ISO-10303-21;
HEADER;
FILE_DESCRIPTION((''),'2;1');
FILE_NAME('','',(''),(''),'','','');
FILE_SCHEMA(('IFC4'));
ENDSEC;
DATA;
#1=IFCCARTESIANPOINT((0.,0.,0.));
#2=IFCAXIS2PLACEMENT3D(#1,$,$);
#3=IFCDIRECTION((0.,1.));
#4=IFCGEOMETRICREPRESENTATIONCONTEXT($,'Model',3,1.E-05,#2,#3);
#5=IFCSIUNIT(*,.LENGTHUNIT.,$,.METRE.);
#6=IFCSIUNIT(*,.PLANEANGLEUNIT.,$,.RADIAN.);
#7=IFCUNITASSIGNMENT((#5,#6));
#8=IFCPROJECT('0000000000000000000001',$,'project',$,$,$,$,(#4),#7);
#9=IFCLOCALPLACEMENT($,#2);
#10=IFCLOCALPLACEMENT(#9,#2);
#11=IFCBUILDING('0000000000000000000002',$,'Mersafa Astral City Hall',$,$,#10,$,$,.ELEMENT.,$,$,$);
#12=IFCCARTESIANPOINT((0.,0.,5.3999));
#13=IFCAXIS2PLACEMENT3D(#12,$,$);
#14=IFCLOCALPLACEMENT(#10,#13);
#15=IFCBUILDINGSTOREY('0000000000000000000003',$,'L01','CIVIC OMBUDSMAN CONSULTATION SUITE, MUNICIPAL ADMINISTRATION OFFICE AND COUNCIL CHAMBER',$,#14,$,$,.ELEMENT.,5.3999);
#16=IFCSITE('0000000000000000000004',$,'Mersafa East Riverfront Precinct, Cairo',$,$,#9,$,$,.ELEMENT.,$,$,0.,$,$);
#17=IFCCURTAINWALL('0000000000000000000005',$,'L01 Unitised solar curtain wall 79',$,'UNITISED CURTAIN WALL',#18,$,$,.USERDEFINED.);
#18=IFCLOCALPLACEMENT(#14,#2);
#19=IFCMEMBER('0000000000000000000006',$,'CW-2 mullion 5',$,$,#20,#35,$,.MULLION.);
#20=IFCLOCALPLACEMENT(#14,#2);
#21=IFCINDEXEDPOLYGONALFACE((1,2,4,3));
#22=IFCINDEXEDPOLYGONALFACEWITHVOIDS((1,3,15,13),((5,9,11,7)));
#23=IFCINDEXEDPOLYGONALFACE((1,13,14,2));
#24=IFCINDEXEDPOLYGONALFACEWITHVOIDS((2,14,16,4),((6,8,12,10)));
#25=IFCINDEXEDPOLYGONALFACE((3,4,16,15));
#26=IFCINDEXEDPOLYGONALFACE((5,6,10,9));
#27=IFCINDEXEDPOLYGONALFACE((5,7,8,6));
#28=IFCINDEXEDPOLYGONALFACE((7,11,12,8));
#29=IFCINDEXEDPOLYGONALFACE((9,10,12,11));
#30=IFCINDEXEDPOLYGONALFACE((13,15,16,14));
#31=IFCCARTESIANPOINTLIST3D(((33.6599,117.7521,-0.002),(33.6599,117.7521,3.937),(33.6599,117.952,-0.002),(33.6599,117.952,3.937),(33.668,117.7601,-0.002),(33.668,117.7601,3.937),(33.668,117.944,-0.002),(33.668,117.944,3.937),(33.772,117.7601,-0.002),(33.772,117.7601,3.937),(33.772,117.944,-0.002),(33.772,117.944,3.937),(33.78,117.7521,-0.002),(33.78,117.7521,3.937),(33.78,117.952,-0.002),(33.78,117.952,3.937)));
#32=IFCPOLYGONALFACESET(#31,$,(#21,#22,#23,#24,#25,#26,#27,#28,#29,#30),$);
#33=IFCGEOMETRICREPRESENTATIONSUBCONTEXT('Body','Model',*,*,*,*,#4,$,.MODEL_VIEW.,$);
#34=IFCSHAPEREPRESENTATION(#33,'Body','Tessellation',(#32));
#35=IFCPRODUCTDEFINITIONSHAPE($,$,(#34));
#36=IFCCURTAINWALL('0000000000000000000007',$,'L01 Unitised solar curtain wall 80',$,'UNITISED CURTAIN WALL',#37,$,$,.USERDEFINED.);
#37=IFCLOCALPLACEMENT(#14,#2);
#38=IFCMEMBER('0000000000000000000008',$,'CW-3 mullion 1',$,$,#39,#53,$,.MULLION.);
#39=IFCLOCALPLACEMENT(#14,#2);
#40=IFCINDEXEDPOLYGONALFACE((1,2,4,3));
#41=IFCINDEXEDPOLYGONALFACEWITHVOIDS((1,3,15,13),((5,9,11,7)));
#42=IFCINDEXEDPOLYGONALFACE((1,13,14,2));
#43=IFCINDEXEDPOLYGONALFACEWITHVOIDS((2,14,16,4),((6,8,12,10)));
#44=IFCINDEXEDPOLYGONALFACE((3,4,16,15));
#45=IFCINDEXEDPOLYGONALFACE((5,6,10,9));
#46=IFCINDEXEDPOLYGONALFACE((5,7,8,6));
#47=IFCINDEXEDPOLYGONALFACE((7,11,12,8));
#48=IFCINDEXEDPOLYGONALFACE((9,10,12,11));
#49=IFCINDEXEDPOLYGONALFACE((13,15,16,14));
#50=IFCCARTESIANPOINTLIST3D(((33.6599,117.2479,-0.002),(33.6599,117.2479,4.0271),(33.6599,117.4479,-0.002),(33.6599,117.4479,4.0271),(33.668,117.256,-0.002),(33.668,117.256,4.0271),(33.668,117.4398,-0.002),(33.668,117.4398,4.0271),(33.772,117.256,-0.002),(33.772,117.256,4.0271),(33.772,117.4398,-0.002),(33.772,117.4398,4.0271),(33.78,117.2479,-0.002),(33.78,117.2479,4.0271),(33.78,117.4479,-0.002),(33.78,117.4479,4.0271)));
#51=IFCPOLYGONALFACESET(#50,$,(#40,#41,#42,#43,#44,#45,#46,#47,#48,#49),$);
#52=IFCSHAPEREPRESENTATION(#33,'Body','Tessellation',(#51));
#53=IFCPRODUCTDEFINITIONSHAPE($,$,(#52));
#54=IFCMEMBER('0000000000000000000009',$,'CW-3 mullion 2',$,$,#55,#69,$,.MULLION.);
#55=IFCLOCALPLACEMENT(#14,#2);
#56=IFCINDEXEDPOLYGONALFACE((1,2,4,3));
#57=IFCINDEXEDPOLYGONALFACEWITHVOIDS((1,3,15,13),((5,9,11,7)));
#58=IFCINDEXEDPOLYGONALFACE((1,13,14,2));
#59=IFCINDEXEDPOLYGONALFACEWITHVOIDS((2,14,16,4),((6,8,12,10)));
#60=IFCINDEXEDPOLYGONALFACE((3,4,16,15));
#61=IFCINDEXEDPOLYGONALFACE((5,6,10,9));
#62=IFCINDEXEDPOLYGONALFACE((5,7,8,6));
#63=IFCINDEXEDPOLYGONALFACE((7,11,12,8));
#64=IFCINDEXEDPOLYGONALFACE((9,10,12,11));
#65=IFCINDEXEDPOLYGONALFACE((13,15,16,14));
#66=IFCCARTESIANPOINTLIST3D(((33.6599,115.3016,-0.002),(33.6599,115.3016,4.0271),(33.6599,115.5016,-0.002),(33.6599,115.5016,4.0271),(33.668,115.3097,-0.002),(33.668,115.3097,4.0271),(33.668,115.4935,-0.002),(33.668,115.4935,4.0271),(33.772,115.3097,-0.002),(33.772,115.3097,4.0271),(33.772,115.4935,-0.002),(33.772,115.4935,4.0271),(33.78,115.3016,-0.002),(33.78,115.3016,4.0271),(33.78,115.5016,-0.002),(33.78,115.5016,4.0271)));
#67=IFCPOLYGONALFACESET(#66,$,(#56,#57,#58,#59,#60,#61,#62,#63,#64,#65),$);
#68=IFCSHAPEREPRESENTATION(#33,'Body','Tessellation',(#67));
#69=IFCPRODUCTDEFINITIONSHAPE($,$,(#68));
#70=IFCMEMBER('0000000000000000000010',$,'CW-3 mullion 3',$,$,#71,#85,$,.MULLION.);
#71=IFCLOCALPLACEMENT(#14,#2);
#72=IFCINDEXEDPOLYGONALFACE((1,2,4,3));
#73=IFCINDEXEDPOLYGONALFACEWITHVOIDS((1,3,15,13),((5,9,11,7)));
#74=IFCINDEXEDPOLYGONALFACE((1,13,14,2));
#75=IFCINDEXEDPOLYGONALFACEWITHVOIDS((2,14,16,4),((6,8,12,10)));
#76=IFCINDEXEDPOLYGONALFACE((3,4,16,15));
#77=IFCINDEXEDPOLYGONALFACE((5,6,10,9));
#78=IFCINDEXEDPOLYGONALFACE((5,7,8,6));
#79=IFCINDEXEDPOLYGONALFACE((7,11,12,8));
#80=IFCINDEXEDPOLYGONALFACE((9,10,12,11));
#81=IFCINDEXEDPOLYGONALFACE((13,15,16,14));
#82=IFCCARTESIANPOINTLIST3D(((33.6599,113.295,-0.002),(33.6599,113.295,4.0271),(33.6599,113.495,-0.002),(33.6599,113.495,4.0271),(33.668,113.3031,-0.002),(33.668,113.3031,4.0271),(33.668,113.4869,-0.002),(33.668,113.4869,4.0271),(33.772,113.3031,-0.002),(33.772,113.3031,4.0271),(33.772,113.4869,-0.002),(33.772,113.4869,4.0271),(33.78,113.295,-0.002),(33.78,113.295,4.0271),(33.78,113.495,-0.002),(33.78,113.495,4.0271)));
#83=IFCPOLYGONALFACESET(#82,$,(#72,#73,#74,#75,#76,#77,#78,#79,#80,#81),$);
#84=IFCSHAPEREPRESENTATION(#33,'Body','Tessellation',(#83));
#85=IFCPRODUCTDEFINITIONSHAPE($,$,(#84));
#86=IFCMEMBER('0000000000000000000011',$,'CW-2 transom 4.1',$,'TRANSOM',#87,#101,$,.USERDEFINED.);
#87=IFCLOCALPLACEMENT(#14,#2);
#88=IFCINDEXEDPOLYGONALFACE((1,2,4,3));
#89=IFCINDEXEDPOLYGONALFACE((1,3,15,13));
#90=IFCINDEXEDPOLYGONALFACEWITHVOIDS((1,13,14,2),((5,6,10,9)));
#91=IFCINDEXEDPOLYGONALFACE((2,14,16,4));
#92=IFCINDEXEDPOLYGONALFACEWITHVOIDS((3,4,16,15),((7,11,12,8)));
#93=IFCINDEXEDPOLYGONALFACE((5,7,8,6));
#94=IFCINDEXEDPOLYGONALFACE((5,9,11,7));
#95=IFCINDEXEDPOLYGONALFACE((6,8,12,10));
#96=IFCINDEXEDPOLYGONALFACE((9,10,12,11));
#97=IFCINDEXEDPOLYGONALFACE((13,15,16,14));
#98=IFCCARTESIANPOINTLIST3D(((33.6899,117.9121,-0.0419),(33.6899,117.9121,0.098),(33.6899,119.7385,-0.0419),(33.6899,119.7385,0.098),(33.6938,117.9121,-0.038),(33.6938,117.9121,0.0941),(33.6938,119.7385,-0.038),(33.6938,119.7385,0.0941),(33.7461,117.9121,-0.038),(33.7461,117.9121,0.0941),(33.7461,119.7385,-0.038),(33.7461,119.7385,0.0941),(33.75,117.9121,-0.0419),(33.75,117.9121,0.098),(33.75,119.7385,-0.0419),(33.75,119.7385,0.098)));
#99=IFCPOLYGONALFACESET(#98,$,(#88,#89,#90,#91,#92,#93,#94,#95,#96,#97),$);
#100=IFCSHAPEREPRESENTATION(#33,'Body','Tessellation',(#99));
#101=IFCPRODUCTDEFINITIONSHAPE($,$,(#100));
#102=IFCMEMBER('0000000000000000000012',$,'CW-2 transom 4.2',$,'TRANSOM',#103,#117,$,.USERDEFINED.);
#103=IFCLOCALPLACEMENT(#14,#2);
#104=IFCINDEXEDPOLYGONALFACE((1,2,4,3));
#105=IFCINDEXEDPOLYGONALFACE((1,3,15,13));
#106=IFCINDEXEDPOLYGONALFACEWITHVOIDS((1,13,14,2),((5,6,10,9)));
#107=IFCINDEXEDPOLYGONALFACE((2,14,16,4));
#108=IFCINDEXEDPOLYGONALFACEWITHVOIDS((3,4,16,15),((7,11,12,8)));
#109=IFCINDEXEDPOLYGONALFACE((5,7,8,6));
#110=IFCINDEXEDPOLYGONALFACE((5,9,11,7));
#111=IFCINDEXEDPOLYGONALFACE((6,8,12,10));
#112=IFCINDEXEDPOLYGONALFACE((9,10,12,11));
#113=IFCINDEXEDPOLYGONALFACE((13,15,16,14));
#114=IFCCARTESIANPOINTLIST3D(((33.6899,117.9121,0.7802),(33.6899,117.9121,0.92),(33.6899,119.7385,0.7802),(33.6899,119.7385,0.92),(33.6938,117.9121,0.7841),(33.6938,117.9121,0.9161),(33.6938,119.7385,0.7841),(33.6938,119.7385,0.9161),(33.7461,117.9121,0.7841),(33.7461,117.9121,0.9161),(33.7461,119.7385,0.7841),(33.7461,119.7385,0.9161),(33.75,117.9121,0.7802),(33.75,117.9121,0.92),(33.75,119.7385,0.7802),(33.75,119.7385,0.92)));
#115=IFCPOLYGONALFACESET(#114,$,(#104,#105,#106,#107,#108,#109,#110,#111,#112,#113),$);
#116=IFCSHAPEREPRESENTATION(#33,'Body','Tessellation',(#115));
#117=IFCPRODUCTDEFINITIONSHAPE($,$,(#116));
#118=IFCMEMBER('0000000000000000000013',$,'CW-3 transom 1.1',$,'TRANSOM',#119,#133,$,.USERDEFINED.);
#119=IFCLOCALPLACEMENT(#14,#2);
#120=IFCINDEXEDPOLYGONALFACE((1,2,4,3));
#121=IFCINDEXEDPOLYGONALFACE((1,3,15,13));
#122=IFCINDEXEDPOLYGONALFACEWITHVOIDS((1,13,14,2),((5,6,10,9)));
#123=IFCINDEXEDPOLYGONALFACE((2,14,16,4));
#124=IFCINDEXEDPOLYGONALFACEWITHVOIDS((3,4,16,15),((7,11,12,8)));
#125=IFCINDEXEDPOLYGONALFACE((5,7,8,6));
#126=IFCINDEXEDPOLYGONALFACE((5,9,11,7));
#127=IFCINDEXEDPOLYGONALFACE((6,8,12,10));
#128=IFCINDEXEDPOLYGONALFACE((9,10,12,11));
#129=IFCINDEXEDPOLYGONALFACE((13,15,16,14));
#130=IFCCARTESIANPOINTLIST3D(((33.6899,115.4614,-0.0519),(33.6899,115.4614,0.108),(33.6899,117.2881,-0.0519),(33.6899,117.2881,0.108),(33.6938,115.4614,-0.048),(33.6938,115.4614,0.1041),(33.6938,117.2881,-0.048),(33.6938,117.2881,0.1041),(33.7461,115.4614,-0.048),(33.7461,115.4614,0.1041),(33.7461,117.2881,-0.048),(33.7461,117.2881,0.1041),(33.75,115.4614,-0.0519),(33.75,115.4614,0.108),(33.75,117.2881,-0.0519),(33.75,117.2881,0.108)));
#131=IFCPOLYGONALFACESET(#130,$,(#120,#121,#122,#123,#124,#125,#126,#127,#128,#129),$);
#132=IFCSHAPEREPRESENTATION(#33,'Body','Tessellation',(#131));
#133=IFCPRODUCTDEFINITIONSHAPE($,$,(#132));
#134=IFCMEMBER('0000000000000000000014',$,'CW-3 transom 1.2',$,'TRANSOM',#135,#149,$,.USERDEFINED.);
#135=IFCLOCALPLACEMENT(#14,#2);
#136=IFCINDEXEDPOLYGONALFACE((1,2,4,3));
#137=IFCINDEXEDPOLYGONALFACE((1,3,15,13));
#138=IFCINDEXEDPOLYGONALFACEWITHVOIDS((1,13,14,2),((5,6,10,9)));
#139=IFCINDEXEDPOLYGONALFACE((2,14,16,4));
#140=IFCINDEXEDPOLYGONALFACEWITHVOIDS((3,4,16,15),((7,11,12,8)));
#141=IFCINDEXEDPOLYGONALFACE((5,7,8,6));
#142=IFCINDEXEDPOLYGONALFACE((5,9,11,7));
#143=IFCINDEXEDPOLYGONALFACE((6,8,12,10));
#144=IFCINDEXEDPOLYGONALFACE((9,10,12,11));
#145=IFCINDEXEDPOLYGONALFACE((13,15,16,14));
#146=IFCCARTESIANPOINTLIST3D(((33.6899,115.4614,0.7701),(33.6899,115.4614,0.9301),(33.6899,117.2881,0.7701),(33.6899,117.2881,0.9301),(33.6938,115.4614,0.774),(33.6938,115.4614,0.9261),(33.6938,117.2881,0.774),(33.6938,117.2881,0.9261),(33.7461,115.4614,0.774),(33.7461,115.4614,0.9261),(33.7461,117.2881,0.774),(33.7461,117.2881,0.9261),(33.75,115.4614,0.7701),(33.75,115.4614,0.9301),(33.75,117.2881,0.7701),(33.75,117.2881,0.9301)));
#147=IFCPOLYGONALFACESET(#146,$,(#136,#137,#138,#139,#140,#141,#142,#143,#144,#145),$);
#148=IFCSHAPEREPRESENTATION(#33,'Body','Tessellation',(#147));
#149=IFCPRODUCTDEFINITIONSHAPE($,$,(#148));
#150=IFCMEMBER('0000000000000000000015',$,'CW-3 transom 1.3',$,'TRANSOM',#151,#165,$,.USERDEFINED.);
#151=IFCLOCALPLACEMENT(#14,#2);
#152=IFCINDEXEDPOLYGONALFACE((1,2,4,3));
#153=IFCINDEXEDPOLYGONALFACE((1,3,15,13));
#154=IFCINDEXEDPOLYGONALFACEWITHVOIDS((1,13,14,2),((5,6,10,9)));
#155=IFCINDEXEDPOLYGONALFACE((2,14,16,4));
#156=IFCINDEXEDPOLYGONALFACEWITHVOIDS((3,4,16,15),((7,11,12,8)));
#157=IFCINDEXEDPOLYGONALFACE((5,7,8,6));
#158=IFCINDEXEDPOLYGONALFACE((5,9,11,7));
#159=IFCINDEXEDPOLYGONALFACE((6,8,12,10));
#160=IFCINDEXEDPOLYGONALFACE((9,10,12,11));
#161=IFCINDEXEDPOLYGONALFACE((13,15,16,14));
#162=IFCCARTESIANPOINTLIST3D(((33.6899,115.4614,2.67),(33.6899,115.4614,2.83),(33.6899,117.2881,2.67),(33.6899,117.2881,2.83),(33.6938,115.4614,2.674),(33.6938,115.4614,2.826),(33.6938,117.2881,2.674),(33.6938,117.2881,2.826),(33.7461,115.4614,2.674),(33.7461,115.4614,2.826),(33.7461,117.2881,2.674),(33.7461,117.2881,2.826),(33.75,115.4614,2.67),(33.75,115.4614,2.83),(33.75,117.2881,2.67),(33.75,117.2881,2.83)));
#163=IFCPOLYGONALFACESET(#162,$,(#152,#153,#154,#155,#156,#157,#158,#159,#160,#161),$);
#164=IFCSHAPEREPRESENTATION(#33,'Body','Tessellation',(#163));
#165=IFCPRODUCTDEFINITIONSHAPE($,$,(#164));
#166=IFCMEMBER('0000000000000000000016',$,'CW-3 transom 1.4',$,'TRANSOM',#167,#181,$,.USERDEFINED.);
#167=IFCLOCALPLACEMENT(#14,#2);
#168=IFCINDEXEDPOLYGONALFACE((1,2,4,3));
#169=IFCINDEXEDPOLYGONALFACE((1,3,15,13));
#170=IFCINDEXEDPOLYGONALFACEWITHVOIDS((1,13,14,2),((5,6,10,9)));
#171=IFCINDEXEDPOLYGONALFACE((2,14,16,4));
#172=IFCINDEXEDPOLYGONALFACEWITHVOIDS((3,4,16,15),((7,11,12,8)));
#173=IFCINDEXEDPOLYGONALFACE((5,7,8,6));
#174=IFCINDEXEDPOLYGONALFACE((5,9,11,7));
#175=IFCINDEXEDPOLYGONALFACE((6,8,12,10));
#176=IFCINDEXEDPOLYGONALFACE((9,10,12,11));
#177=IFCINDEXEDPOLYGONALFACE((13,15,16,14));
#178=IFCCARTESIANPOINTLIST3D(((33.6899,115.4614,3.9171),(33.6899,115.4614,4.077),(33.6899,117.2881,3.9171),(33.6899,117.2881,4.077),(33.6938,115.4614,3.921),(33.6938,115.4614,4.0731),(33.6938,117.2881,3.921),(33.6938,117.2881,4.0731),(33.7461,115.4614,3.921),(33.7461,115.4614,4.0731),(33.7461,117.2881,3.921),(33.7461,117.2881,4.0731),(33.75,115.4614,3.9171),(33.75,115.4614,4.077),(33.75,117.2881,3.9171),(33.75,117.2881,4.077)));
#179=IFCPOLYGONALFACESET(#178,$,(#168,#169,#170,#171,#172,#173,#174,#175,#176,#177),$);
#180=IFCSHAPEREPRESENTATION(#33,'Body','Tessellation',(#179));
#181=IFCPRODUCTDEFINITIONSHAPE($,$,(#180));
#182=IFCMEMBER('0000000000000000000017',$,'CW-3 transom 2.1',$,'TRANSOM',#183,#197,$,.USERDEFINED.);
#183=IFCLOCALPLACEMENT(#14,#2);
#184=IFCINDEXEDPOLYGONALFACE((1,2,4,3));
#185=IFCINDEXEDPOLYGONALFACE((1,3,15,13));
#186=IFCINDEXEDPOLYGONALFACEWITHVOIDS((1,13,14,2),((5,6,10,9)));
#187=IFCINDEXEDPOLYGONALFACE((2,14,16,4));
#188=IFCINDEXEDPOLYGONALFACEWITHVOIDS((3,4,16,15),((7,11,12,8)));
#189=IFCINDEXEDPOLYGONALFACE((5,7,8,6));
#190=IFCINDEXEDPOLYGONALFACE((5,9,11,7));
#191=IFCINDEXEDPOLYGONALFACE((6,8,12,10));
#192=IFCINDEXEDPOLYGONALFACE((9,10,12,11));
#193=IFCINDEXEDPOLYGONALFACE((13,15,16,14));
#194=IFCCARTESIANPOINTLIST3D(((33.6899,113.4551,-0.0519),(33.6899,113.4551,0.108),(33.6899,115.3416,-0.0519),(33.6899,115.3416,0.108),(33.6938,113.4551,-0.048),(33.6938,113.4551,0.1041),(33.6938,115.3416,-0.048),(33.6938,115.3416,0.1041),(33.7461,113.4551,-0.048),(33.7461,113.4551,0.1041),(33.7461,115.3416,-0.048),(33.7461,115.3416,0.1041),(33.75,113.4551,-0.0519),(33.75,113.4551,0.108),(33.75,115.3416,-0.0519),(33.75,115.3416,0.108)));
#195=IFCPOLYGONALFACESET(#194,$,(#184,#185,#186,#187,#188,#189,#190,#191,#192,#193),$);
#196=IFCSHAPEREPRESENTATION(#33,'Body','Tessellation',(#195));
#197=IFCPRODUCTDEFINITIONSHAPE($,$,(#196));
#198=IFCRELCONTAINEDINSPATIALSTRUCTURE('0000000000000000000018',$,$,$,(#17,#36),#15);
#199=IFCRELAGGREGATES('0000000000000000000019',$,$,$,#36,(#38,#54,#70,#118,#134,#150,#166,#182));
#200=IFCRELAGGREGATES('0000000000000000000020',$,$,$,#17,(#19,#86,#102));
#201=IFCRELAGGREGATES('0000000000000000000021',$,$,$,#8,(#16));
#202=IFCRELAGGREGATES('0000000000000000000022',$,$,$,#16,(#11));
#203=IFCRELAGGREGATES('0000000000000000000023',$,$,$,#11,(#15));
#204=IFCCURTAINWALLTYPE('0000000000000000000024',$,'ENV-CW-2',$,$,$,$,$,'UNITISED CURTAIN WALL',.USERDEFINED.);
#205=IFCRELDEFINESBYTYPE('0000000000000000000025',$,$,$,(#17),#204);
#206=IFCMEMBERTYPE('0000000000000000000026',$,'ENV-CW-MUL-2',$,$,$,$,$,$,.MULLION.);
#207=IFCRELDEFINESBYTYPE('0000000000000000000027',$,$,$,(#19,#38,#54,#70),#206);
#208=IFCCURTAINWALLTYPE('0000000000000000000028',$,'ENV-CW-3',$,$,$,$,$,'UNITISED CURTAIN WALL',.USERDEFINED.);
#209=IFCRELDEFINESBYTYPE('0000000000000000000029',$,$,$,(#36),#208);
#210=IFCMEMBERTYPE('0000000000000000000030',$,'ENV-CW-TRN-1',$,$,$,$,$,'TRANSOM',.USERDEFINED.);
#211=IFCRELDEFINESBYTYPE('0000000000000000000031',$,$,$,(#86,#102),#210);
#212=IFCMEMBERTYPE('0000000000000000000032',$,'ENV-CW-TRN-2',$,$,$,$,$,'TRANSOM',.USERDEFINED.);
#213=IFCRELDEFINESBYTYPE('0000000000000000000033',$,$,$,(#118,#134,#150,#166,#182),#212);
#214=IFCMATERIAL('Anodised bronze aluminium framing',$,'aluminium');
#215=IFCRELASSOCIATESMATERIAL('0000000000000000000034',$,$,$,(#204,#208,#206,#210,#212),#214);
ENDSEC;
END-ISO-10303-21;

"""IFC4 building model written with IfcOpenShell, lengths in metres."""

from ifc_helpers import new_model, si_unit, direction, frame, origin, origin_2d, place, context, subcontext, project, spatial, hollow_rectangle, extrude, material, material_profile, profile_set, type_object, element, aggregate, save


model = new_model("IFC4")

# Units and contexts
model_context = context("Model", 3, precision=1e-05, world=origin(), true_north=direction((0.0, 1.0)))
body_context = subcontext(model_context, "Body", "Model", "MODEL_VIEW")
ifc_project = project(units=[si_unit("LENGTHUNIT", "METRE"), si_unit("PLANEANGLEUNIT", "RADIAN")], contexts=[model_context])

# Site, building, storey
site_placement = place(None, origin())
site = spatial("IfcSite", under=ifc_project, at=site_placement, Name="Mersafa East Riverfront Precinct, Cairo", CompositionType="ELEMENT", RefElevation=0.0)
building_placement = place(site_placement, origin())
building = spatial("IfcBuilding", under=site, at=building_placement, Name="Mersafa Astral City Hall", CompositionType="ELEMENT")
storey_placement = place(building_placement, frame((0.0, 0.0, 5.3999)))
storey = spatial("IfcBuildingStorey", under=building, at=storey_placement, Name="L01", Description="CIVIC OMBUDSMAN CONSULTATION SUITE, MUNICIPAL ADMINISTRATION OFFICE AND COUNCIL CHAMBER", CompositionType="ELEMENT", Elevation=5.3999)

# Curtain wall, member
ifc_material_1 = material(Name="Anodised bronze aluminium framing", Category="aluminium")
curtain_wall_type_1 = type_object("IfcCurtainWallType", Name="ENV-CW-2", ElementType="UNITISED CURTAIN WALL", PredefinedType="USERDEFINED", material=ifc_material_1)
curtain_wall_1_placement = place(storey_placement, origin())
curtain_wall_1 = element("IfcCurtainWall", 1, at=curtain_wall_1_placement, inside=storey, type_object=curtain_wall_type_1, Name="L01 Unitised solar curtain wall 79", ObjectType="UNITISED CURTAIN WALL", PredefinedType="USERDEFINED")
ifc_material_profile_1 = material_profile(ifc_material_1, hollow_rectangle(XDim=0.1201, YDim=0.2, WallThickness=0.0081, at=origin_2d()), Name="RHS 120x200x8")
ifc_profile_set_1 = profile_set([ifc_material_profile_1], Name="Anodised bronze aluminium framing")
member_type_1 = type_object("IfcMemberType", Name="ENV-CW-MUL-2", PredefinedType="MULLION", material=ifc_profile_set_1)
member_1_placement = place(storey_placement, frame((33.72, 117.8521, -0.002), z_axis=(0.0, 0.0, 1.0), x_axis=(1.0, 0.0, 0.0)))
member_1 = element("IfcMember", 2, at=member_1_placement, type_object=member_type_1, Name="CW-2 mullion 5", PredefinedType="MULLION", context=body_context, shape_type="SweptSolid", body=[
    extrude(hollow_rectangle(XDim=0.1201, YDim=0.2, WallThickness=0.0081, at=origin_2d()), origin(), (0.0, 0.0, 1.0), 3.939),
])

# Curtain wall, members
curtain_wall_type_2 = type_object("IfcCurtainWallType", Name="ENV-CW-3", ElementType="UNITISED CURTAIN WALL", PredefinedType="USERDEFINED", material=ifc_material_1)
curtain_wall_2_placement = place(storey_placement, origin())
curtain_wall_2 = element("IfcCurtainWall", 3, at=curtain_wall_2_placement, inside=storey, type_object=curtain_wall_type_2, Name="L01 Unitised solar curtain wall 80", ObjectType="UNITISED CURTAIN WALL", PredefinedType="USERDEFINED")
member_2_placement = place(storey_placement, frame((33.72, 117.3479, -0.002), z_axis=(0.0, 0.0, 1.0), x_axis=(1.0, 0.0, 0.0)))
member_2 = element("IfcMember", 4, at=member_2_placement, type_object=member_type_1, Name="CW-3 mullion 1", PredefinedType="MULLION", context=body_context, shape_type="SweptSolid", body=[
    extrude(hollow_rectangle(XDim=0.1201, YDim=0.2, WallThickness=0.0081, at=origin_2d()), origin(), (0.0, 0.0, 1.0), 4.0291),
])
member_3_placement = place(storey_placement, frame((33.72, 115.4016, -0.002), z_axis=(0.0, 0.0, 1.0), x_axis=(1.0, 0.0, 0.0)))
member_3 = element("IfcMember", 5, at=member_3_placement, type_object=member_type_1, Name="CW-3 mullion 2", PredefinedType="MULLION", context=body_context, shape_type="SweptSolid", body=[
    extrude(hollow_rectangle(XDim=0.1201, YDim=0.2, WallThickness=0.0081, at=origin_2d()), origin(), (0.0, 0.0, 1.0), 4.0291),
])
member_4_placement = place(storey_placement, frame((33.72, 113.395, -0.002), z_axis=(0.0, 0.0, 1.0), x_axis=(1.0, 0.0, 0.0)))
member_4 = element("IfcMember", 6, at=member_4_placement, type_object=member_type_1, Name="CW-3 mullion 3", PredefinedType="MULLION", context=body_context, shape_type="SweptSolid", body=[
    extrude(hollow_rectangle(XDim=0.1201, YDim=0.2, WallThickness=0.0081, at=origin_2d()), origin(), (0.0, 0.0, 1.0), 4.0291),
])

# Members
ifc_material_profile_2 = material_profile(ifc_material_1, hollow_rectangle(XDim=0.0601, YDim=0.1399, WallThickness=0.0039, at=origin_2d()), Name="RHS 60x140x4")
ifc_profile_set_2 = profile_set([ifc_material_profile_2], Name="Anodised bronze aluminium framing")
member_type_2 = type_object("IfcMemberType", Name="ENV-CW-TRN-1", ElementType="TRANSOM", PredefinedType="USERDEFINED", material=ifc_profile_set_2)
member_5_placement = place(storey_placement, frame((33.72, 119.7385, 0.0281), z_axis=(0.0, -1.0, 0.0), x_axis=(1.0, 0.0, 0.0)))
member_5 = element("IfcMember", 7, at=member_5_placement, type_object=member_type_2, Name="CW-2 transom 4.1", ObjectType="TRANSOM", PredefinedType="USERDEFINED", context=body_context, shape_type="SweptSolid", body=[
    extrude(hollow_rectangle(XDim=0.0601, YDim=0.1399, WallThickness=0.0039, at=origin_2d()), origin(), (0.0, 0.0, 1.0), 1.8264),
])
member_6_placement = place(storey_placement, frame((33.72, 119.7385, 0.8501), z_axis=(0.0, -1.0, 0.0), x_axis=(1.0, 0.0, 0.0)))
member_6 = element("IfcMember", 8, at=member_6_placement, type_object=member_type_2, Name="CW-2 transom 4.2", ObjectType="TRANSOM", PredefinedType="USERDEFINED", context=body_context, shape_type="SweptSolid", body=[
    extrude(hollow_rectangle(XDim=0.0601, YDim=0.1399, WallThickness=0.0039, at=origin_2d()), origin(), (0.0, 0.0, 1.0), 1.8264),
])
ifc_material_profile_3 = material_profile(ifc_material_1, hollow_rectangle(XDim=0.0601, YDim=0.1599, WallThickness=0.0039, at=origin_2d()), Name="RHS 60x160x4")
ifc_profile_set_3 = profile_set([ifc_material_profile_3], Name="Anodised bronze aluminium framing")
member_type_3 = type_object("IfcMemberType", Name="ENV-CW-TRN-2", ElementType="TRANSOM", PredefinedType="USERDEFINED", material=ifc_profile_set_3)
member_7_placement = place(storey_placement, frame((33.72, 117.2881, 0.0281), z_axis=(0.0, -1.0, 0.0), x_axis=(1.0, 0.0, 0.0)))
member_7 = element("IfcMember", 9, at=member_7_placement, type_object=member_type_3, Name="CW-3 transom 1.1", ObjectType="TRANSOM", PredefinedType="USERDEFINED", context=body_context, shape_type="SweptSolid", body=[
    extrude(hollow_rectangle(XDim=0.0601, YDim=0.1599, WallThickness=0.0039, at=origin_2d()), origin(), (0.0, 0.0, 1.0), 1.8267),
])
member_8_placement = place(storey_placement, frame((33.72, 117.2881, 0.8501), z_axis=(0.0, -1.0, 0.0), x_axis=(1.0, 0.0, 0.0)))
member_8 = element("IfcMember", 10, at=member_8_placement, type_object=member_type_3, Name="CW-3 transom 1.2", ObjectType="TRANSOM", PredefinedType="USERDEFINED", context=body_context, shape_type="SweptSolid", body=[
    extrude(hollow_rectangle(XDim=0.0601, YDim=0.1599, WallThickness=0.0039, at=origin_2d()), origin(), (0.0, 0.0, 1.0), 1.8267),
])
member_9_placement = place(storey_placement, frame((33.72, 117.2881, 2.75), z_axis=(0.0, -1.0, 0.0), x_axis=(1.0, 0.0, 0.0)))
member_9 = element("IfcMember", 11, at=member_9_placement, type_object=member_type_3, Name="CW-3 transom 1.3", ObjectType="TRANSOM", PredefinedType="USERDEFINED", context=body_context, shape_type="SweptSolid", body=[
    extrude(hollow_rectangle(XDim=0.0601, YDim=0.1599, WallThickness=0.0039, at=origin_2d()), origin(), (0.0, 0.0, 1.0), 1.8267),
])
member_10_placement = place(storey_placement, frame((33.72, 117.2881, 3.9971), z_axis=(0.0, -1.0, 0.0), x_axis=(1.0, 0.0, 0.0)))
member_10 = element("IfcMember", 12, at=member_10_placement, type_object=member_type_3, Name="CW-3 transom 1.4", ObjectType="TRANSOM", PredefinedType="USERDEFINED", context=body_context, shape_type="SweptSolid", body=[
    extrude(hollow_rectangle(XDim=0.0601, YDim=0.1599, WallThickness=0.0039, at=origin_2d()), origin(), (0.0, 0.0, 1.0), 1.8267),
])
member_11_placement = place(storey_placement, frame((33.72, 115.3416, 0.0281), z_axis=(0.0, -1.0, 0.0), x_axis=(1.0, 0.0, 0.0)))
member_11 = element("IfcMember", 13, at=member_11_placement, type_object=member_type_3, Name="CW-3 transom 2.1", ObjectType="TRANSOM", PredefinedType="USERDEFINED", context=body_context, shape_type="SweptSolid", body=[
    extrude(hollow_rectangle(XDim=0.0601, YDim=0.1599, WallThickness=0.0039, at=origin_2d()), origin(), (0.0, 0.0, 1.0), 1.8865),
])

aggregate(curtain_wall_2, [member_2, member_3, member_4, member_7, member_8, member_9, member_10, member_11])
aggregate(curtain_wall_1, [member_1, member_5, member_6])

save(model, "model.ifc")
